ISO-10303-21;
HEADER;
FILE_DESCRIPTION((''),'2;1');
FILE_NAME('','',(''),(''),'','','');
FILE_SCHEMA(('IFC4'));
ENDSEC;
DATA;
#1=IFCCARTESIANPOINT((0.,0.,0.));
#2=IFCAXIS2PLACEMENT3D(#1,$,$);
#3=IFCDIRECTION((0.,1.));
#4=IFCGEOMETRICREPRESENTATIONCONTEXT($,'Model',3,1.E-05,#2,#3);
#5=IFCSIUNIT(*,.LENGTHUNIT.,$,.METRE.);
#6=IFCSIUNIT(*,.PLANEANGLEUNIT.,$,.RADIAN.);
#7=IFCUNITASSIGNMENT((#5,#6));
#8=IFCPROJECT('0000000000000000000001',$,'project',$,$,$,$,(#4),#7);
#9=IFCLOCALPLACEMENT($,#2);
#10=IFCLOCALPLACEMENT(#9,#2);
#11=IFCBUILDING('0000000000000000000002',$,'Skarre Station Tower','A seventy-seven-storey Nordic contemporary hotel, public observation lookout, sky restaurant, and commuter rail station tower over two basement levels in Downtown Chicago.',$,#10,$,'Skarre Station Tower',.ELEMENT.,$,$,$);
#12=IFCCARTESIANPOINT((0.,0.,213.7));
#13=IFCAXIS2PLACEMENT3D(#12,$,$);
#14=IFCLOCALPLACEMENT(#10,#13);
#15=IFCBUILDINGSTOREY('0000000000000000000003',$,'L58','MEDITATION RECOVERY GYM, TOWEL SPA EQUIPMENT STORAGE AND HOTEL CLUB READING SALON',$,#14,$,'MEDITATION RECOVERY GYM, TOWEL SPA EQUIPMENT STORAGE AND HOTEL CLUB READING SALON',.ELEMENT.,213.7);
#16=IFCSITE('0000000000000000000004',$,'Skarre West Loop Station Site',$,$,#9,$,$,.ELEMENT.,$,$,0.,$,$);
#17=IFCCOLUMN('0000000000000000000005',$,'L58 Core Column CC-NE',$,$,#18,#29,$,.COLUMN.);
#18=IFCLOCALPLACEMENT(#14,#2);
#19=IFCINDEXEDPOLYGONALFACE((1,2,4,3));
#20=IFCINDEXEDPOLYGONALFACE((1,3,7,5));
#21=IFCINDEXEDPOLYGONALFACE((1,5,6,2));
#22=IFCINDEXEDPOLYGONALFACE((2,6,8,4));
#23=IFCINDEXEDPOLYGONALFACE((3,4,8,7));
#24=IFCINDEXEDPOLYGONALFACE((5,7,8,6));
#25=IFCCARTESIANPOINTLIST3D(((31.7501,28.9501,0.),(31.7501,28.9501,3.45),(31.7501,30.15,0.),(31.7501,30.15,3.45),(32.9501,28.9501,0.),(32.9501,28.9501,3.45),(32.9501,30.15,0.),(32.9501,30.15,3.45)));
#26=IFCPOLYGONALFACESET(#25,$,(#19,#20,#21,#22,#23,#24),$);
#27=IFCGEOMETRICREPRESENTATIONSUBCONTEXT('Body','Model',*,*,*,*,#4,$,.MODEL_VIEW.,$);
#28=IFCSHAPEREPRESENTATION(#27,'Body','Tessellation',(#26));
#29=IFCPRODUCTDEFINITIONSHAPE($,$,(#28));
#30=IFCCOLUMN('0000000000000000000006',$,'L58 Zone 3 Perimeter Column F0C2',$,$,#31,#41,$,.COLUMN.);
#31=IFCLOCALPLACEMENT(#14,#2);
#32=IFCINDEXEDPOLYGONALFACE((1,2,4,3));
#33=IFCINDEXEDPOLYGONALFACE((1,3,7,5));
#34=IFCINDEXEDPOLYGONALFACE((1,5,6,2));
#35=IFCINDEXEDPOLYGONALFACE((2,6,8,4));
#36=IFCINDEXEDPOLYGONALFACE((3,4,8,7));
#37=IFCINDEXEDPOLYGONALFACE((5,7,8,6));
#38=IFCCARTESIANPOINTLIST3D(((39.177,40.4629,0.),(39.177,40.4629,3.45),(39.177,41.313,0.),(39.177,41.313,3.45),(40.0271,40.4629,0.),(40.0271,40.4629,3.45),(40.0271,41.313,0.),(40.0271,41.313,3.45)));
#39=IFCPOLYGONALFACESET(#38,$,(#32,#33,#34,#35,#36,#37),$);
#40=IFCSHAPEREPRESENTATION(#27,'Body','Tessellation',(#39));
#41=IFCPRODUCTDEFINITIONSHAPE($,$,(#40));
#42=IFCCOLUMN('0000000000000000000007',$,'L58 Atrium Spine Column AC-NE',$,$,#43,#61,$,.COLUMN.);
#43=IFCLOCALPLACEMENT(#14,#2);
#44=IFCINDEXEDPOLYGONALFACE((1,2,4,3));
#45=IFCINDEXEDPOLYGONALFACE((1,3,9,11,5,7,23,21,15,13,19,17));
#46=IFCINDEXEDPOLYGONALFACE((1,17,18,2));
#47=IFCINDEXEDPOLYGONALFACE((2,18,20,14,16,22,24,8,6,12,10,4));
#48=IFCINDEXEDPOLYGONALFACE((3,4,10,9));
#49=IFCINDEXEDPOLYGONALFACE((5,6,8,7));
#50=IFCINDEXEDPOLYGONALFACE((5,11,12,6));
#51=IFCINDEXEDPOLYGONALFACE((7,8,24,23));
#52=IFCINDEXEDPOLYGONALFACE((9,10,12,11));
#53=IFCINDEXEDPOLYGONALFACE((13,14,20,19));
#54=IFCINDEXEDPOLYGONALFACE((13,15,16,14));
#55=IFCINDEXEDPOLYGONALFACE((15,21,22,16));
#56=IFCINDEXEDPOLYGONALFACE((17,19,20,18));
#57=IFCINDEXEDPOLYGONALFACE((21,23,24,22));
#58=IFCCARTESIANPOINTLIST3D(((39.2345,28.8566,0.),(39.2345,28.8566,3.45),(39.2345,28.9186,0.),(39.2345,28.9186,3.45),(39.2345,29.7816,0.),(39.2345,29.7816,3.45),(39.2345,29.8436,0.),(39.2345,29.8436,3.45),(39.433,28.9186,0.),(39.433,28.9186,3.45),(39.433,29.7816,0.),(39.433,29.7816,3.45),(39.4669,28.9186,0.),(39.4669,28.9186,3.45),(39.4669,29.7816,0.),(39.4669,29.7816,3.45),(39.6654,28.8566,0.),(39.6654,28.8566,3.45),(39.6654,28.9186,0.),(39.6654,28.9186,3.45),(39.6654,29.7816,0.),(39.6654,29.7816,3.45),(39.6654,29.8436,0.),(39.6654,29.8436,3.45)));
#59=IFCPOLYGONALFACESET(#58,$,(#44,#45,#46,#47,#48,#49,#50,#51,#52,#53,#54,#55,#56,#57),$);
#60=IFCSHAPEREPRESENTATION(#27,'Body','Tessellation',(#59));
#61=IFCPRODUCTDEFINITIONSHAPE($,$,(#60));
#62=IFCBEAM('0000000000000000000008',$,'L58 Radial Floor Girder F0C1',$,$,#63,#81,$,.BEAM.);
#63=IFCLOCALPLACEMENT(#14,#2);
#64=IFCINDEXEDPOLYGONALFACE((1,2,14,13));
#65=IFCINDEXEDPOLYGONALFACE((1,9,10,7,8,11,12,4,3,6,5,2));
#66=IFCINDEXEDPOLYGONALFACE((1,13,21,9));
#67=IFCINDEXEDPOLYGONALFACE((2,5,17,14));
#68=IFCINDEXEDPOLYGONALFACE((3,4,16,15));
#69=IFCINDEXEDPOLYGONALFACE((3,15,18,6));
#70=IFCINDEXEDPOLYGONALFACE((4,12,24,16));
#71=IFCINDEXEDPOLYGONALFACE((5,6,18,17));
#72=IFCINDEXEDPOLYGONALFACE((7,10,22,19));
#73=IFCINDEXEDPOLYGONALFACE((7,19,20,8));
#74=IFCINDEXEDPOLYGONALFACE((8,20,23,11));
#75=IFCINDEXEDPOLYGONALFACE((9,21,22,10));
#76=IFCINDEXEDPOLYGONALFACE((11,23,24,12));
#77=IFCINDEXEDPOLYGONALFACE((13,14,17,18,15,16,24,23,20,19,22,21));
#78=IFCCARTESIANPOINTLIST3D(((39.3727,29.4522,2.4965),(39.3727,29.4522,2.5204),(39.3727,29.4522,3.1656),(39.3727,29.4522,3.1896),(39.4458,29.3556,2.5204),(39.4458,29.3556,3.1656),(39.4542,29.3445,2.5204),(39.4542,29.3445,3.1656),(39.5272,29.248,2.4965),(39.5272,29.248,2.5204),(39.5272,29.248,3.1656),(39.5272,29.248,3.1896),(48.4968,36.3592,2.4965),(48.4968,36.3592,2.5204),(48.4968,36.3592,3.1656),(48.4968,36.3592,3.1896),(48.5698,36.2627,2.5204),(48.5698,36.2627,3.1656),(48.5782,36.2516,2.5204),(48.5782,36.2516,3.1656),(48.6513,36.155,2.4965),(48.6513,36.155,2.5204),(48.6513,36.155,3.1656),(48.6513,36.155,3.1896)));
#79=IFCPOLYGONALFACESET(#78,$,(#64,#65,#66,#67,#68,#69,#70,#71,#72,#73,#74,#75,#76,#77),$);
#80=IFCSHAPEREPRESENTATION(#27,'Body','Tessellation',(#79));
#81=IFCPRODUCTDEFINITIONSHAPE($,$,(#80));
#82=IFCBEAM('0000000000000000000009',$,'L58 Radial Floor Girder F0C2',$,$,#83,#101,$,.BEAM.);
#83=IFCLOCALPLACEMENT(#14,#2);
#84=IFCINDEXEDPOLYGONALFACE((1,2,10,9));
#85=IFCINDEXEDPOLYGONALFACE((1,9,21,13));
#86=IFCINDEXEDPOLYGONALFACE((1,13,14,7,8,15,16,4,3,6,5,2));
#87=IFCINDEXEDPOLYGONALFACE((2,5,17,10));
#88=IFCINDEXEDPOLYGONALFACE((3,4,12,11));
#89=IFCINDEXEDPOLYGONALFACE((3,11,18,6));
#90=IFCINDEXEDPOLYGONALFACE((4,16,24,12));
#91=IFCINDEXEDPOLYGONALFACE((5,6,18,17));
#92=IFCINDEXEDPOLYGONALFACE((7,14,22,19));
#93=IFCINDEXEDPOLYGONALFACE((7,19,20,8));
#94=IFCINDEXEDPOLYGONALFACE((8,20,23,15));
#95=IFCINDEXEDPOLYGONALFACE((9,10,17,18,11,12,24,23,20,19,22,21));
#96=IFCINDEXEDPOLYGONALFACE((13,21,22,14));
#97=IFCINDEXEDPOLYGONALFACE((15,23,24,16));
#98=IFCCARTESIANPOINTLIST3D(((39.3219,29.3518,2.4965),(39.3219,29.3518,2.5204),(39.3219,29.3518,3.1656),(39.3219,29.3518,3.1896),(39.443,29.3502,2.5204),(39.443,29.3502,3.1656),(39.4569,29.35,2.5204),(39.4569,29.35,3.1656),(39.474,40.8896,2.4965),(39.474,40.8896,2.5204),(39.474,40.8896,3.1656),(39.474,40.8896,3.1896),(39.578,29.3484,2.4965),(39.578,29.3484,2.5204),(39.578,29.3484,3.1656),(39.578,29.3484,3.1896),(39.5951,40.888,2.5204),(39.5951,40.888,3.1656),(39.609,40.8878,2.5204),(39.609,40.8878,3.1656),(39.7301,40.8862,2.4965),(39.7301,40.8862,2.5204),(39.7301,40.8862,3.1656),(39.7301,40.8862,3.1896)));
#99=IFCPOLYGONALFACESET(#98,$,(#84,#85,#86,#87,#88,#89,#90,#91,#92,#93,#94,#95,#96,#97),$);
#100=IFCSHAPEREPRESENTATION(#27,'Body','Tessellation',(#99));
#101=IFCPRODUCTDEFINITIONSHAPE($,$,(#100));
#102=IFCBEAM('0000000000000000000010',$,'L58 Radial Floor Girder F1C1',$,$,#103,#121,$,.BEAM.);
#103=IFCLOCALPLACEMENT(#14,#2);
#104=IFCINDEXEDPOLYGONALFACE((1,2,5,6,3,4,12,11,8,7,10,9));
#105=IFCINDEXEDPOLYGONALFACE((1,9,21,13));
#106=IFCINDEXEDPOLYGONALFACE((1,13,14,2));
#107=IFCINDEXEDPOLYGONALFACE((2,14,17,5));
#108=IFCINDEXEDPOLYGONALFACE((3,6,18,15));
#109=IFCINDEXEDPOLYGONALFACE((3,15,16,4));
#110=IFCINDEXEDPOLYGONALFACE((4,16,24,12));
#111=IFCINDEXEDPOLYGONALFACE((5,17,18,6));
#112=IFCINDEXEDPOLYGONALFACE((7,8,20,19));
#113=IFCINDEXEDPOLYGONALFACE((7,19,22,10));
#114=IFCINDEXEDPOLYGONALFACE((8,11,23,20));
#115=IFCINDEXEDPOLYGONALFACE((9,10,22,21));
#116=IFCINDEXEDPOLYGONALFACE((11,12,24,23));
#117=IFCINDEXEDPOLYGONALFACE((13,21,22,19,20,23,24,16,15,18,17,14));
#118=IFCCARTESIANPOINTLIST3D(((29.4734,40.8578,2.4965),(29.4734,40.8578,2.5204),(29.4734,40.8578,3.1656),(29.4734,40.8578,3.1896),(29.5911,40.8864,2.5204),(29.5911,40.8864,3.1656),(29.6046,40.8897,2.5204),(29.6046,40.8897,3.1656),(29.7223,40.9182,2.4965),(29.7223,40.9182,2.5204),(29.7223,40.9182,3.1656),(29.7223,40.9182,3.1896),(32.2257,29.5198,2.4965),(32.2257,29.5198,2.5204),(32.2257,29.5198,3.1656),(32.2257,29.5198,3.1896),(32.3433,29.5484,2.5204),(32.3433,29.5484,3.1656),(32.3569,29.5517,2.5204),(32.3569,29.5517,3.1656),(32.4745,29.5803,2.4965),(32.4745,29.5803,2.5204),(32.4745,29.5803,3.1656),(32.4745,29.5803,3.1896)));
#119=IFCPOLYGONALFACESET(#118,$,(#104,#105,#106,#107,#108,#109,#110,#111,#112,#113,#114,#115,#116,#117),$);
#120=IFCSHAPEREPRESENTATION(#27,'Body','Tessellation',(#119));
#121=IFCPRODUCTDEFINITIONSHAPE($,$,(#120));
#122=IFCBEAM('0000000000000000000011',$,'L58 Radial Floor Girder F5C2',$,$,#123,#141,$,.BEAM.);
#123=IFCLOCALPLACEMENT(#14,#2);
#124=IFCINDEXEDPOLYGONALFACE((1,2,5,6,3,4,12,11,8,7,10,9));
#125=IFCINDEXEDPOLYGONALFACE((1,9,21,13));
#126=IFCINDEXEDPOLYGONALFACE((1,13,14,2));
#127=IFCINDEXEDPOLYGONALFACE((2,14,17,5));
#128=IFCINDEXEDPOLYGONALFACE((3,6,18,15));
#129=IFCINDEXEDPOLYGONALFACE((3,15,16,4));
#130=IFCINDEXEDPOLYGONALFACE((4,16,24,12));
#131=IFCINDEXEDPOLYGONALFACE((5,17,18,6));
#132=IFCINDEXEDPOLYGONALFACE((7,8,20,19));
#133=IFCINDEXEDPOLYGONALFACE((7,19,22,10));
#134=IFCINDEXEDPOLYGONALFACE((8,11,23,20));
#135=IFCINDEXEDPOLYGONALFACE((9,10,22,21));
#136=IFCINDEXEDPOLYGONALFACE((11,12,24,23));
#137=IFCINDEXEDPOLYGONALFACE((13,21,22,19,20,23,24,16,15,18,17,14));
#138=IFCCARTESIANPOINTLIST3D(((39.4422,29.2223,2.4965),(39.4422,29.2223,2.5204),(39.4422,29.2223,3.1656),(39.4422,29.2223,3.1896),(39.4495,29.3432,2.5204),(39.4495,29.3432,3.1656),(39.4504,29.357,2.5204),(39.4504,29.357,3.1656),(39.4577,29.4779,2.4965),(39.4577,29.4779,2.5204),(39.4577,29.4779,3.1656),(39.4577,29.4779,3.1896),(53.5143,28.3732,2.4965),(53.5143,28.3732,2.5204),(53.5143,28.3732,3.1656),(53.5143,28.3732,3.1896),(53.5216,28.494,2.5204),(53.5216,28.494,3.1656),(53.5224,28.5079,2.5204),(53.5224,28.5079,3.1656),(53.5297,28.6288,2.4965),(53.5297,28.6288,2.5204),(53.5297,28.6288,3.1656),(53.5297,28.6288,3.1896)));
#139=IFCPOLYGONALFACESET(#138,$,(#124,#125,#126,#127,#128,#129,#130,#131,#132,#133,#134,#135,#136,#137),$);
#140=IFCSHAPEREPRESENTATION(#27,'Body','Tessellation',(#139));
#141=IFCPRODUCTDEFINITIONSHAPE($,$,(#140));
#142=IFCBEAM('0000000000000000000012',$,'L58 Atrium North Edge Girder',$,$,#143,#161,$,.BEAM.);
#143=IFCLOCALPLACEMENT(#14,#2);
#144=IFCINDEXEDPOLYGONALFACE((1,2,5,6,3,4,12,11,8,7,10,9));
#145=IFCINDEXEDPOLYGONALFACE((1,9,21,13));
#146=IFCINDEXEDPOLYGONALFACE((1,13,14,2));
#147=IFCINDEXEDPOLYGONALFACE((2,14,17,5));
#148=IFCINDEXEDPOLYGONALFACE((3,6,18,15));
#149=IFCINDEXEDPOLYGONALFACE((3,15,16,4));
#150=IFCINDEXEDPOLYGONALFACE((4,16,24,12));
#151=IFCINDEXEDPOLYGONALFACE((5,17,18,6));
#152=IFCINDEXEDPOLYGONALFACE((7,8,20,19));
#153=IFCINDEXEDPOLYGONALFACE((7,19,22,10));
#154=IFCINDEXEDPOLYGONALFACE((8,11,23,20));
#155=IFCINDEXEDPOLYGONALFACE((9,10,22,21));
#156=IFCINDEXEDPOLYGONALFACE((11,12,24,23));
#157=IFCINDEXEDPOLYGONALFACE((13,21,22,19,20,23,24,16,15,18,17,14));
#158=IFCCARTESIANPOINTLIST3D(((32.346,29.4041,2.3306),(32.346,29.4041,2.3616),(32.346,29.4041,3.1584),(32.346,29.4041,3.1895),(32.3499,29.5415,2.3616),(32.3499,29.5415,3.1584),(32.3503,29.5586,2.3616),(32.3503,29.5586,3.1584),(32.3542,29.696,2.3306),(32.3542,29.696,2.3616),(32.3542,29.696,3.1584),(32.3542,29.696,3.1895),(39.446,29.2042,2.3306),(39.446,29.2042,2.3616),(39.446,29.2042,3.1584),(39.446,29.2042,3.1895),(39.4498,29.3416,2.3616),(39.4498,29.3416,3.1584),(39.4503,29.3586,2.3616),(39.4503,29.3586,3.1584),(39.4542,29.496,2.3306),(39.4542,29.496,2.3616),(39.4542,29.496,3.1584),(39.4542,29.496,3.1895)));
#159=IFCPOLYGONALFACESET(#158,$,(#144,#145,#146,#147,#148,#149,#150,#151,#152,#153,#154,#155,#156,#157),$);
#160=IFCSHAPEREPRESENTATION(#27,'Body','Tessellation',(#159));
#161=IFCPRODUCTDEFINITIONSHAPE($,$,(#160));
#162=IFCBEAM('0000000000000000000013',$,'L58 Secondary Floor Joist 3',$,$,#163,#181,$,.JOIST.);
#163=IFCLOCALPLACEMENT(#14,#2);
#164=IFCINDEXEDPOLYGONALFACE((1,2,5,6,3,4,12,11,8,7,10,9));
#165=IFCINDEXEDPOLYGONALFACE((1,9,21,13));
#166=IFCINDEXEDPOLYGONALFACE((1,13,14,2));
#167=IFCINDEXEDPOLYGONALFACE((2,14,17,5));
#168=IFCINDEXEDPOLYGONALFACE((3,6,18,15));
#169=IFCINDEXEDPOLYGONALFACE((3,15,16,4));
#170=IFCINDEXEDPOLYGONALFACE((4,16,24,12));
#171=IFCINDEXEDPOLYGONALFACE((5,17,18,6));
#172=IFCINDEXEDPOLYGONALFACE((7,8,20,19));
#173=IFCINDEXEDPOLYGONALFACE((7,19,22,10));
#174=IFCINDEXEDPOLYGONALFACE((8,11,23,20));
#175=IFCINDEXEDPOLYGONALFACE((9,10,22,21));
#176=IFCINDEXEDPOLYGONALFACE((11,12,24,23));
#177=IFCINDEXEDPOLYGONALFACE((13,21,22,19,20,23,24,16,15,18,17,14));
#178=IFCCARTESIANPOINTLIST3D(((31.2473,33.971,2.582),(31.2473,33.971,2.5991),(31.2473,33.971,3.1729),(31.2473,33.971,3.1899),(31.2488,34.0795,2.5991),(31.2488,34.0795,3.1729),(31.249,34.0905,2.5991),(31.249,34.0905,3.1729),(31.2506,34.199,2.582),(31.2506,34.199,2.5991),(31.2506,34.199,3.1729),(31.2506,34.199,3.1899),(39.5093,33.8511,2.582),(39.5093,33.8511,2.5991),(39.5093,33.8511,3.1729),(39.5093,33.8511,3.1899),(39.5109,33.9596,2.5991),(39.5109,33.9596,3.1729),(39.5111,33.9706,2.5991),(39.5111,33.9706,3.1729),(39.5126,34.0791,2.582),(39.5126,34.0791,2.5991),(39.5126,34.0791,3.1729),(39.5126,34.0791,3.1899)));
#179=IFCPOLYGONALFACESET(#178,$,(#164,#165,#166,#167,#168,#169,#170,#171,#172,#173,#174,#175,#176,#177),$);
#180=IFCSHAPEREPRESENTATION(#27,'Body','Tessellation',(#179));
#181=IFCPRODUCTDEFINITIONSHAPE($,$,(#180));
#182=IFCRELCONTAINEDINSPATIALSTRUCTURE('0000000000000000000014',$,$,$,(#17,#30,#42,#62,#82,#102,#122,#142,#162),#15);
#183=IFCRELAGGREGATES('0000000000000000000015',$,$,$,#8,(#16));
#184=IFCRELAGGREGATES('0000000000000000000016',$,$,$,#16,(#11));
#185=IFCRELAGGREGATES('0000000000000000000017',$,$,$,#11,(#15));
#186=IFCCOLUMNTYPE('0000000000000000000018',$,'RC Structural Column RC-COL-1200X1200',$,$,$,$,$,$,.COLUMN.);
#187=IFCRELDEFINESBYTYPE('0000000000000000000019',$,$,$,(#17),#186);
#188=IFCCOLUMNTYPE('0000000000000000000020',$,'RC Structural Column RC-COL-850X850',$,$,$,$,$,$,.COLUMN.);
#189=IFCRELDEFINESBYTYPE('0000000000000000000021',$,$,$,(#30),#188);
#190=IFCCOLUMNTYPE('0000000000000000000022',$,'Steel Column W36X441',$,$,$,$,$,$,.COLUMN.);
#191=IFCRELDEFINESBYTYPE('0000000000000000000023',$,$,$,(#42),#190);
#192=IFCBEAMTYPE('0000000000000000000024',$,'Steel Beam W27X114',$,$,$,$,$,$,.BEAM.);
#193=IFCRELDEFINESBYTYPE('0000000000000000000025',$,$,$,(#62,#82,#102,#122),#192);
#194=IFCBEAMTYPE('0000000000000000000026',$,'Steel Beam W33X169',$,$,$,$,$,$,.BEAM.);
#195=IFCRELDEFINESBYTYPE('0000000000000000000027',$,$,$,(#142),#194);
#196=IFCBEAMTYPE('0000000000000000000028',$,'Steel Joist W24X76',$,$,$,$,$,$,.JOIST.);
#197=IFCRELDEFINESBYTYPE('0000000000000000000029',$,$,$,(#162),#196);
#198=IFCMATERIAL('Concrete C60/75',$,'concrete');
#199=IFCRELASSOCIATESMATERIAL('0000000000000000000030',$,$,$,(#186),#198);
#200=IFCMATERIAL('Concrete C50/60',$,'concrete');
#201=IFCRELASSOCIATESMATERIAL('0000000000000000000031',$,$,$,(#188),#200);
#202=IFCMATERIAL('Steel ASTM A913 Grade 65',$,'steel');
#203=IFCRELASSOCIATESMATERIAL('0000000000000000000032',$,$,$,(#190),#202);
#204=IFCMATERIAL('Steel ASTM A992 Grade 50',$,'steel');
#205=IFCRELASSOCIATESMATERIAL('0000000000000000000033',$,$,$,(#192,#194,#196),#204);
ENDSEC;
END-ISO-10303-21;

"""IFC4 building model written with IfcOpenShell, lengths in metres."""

from ifc_helpers import new_model, si_unit, direction, frame, origin, origin_2d, place, context, subcontext, project, spatial, rectangle, i_section, extrude, material, material_profile, profile_set, type_object, element, save


model = new_model("IFC4")

# Units and contexts
model_context = context("Model", 3, precision=1e-05, world=origin(), true_north=direction((0.0, 1.0)))
body_context = subcontext(model_context, "Body", "Model", "MODEL_VIEW")
ifc_project = project(units=[si_unit("LENGTHUNIT", "METRE"), si_unit("PLANEANGLEUNIT", "RADIAN")], contexts=[model_context])

# Site, building, storey
site_placement = place(None, origin())
site = spatial("IfcSite", under=ifc_project, at=site_placement, Name="Skarre West Loop Station Site", CompositionType="ELEMENT", RefElevation=0.0)
building_placement = place(site_placement, origin())
building = spatial("IfcBuilding", under=site, at=building_placement, Name="Skarre Station Tower", Description="A seventy-seven-storey Nordic contemporary hotel, public observation lookout, sky restaurant, and commuter rail station tower over two basement levels in Downtown Chicago.", LongName="Skarre Station Tower", CompositionType="ELEMENT")
storey_placement = place(building_placement, frame((0.0, 0.0, 213.7)))
storey = spatial("IfcBuildingStorey", under=building, at=storey_placement, Name="L58", Description="MEDITATION RECOVERY GYM, TOWEL SPA EQUIPMENT STORAGE AND HOTEL CLUB READING SALON", LongName="MEDITATION RECOVERY GYM, TOWEL SPA EQUIPMENT STORAGE AND HOTEL CLUB READING SALON", CompositionType="ELEMENT", Elevation=213.7)

# Columns
ifc_material_1 = material(Name="Concrete C60/75", Category="concrete")
ifc_material_profile_1 = material_profile(ifc_material_1, rectangle(XDim=1.2, YDim=1.2, at=origin_2d()), Name="Concrete C60/75")
ifc_profile_set_1 = profile_set([ifc_material_profile_1], Name="Concrete C60/75")
column_type_1 = type_object("IfcColumnType", Name="RC Structural Column RC-COL-1200X1200", PredefinedType="COLUMN", material=ifc_profile_set_1)
column_1_placement = place(storey_placement, frame((32.3501, 29.55, 0.0), z_axis=(0.0, 0.0, 1.0), x_axis=(1.0, 0.0, 0.0)))
element("IfcColumn", 1, at=column_1_placement, inside=storey, type_object=column_type_1, Name="L58 Core Column CC-NE", PredefinedType="COLUMN", context=body_context, shape_type="SweptSolid", body=[
    extrude(rectangle(XDim=1.2, YDim=1.2, at=origin_2d()), origin(), (0.0, 0.0, 1.0), 3.45),
])
ifc_material_2 = material(Name="Concrete C50/60", Category="concrete")
ifc_material_profile_2 = material_profile(ifc_material_2, rectangle(XDim=0.8501, YDim=0.8501, at=origin_2d()), Name="Concrete C50/60")
ifc_profile_set_2 = profile_set([ifc_material_profile_2], Name="Concrete C50/60")
column_type_2 = type_object("IfcColumnType", Name="RC Structural Column RC-COL-850X850", PredefinedType="COLUMN", material=ifc_profile_set_2)
column_2_placement = place(storey_placement, frame((39.6021, 40.8879, 0.0), z_axis=(0.0, 0.0, 1.0), x_axis=(1.0, 0.0, 0.0)))
element("IfcColumn", 2, at=column_2_placement, inside=storey, type_object=column_type_2, Name="L58 Zone 3 Perimeter Column F0C2", PredefinedType="COLUMN", context=body_context, shape_type="SweptSolid", body=[
    extrude(rectangle(XDim=0.8501, YDim=0.8501, at=origin_2d()), origin(), (0.0, 0.0, 1.0), 3.45),
])
ifc_material_3 = material(Name="Steel ASTM A913 Grade 65", Category="steel")
ifc_material_profile_3 = material_profile(ifc_material_3, i_section(OverallWidth=0.4309, OverallDepth=0.9871, WebThickness=0.0339, FlangeThickness=0.062, at=origin_2d()), Name="Steel ASTM A913 Grade 65")
ifc_profile_set_3 = profile_set([ifc_material_profile_3], Name="Steel ASTM A913 Grade 65")
column_type_3 = type_object("IfcColumnType", Name="Steel Column W36X441", PredefinedType="COLUMN", material=ifc_profile_set_3)
column_3_placement = place(storey_placement, frame((39.45, 29.3501, 0.0), z_axis=(0.0, 0.0, 1.0), x_axis=(1.0, 0.0, 0.0)))
element("IfcColumn", 3, at=column_3_placement, inside=storey, type_object=column_type_3, Name="L58 Atrium Spine Column AC-NE", PredefinedType="COLUMN", context=body_context, shape_type="SweptSolid", body=[
    extrude(i_section(OverallWidth=0.4309, OverallDepth=0.9871, WebThickness=0.0339, FlangeThickness=0.062, at=origin_2d()), origin(), (0.0, 0.0, 1.0), 3.45),
])

# Beams
ifc_material_4 = material(Name="Steel ASTM A992 Grade 50", Category="steel")
ifc_material_profile_4 = material_profile(ifc_material_4, i_section(OverallWidth=0.2561, OverallDepth=0.6931, WebThickness=0.0139, FlangeThickness=0.0239, at=origin_2d()), Name="Steel ASTM A992 Grade 50")
ifc_profile_set_4 = profile_set([ifc_material_profile_4], Name="Steel ASTM A992 Grade 50")
beam_type_1 = type_object("IfcBeamType", Name="Steel Beam W27X114", PredefinedType="BEAM", material=ifc_profile_set_4)
beam_1_placement = place(storey_placement, frame((39.45, 29.3501, 2.843), z_axis=(0.797309, 0.603571, 0.0), x_axis=(-0.603571, 0.797309, 0.0)))
element("IfcBeam", 4, at=beam_1_placement, inside=storey, type_object=beam_type_1, Name="L58 Radial Floor Girder F0C1", PredefinedType="BEAM", context=body_context, shape_type="SweptSolid", body=[
    extrude(i_section(OverallWidth=0.2561, OverallDepth=0.6931, WebThickness=0.0139, FlangeThickness=0.0239, at=origin_2d()), origin(), (0.0, 0.0, 1.0), 11.4436),
])
beam_2_placement = place(storey_placement, frame((39.45, 29.3501, 2.843), z_axis=(0.013182, 0.999913, 0.0), x_axis=(-0.999913, 0.013182, 0.0)))
element("IfcBeam", 5, at=beam_2_placement, inside=storey, type_object=beam_type_1, Name="L58 Radial Floor Girder F0C2", PredefinedType="BEAM", context=body_context, shape_type="SweptSolid", body=[
    extrude(i_section(OverallWidth=0.2561, OverallDepth=0.6931, WebThickness=0.0139, FlangeThickness=0.0239, at=origin_2d()), origin(), (0.0, 0.0, 1.0), 11.5388),
])
beam_3_placement = place(storey_placement, frame((32.3501, 29.55, 2.843), z_axis=(-0.235893, 0.971779, 0.0), x_axis=(-0.971779, -0.235893, 0.0)))
element("IfcBeam", 6, at=beam_3_placement, inside=storey, type_object=beam_type_1, Name="L58 Radial Floor Girder F1C1", PredefinedType="BEAM", context=body_context, shape_type="SweptSolid", body=[
    extrude(i_section(OverallWidth=0.2561, OverallDepth=0.6931, WebThickness=0.0139, FlangeThickness=0.0239, at=origin_2d()), origin(), (0.0, 0.0, 1.0), 11.6672),
])
beam_4_placement = place(storey_placement, frame((39.45, 29.3501, 2.843), z_axis=(0.998184, -0.060232, 0.0), x_axis=(0.060232, 0.998184, 0.0)))
element("IfcBeam", 7, at=beam_4_placement, inside=storey, type_object=beam_type_1, Name="L58 Radial Floor Girder F5C2", PredefinedType="BEAM", context=body_context, shape_type="SweptSolid", body=[
    extrude(i_section(OverallWidth=0.2561, OverallDepth=0.6931, WebThickness=0.0139, FlangeThickness=0.0239, at=origin_2d()), origin(), (0.0, 0.0, 1.0), 14.0977),
])
ifc_material_profile_5 = material_profile(ifc_material_4, i_section(OverallWidth=0.292, OverallDepth=0.8589, WebThickness=0.0171, FlangeThickness=0.031, at=origin_2d()), Name="Steel ASTM A992 Grade 50")
ifc_profile_set_5 = profile_set([ifc_material_profile_5], Name="Steel ASTM A992 Grade 50")
beam_type_2 = type_object("IfcBeamType", Name="Steel Beam W33X169", PredefinedType="BEAM", material=ifc_profile_set_5)
beam_5_placement = place(storey_placement, frame((32.3501, 29.55, 2.76), z_axis=(0.999604, -0.028152, 0.0), x_axis=(0.028152, 0.999604, 0.0)))
element("IfcBeam", 8, at=beam_5_placement, inside=storey, type_object=beam_type_2, Name="L58 Atrium North Edge Girder", PredefinedType="BEAM", context=body_context, shape_type="SweptSolid", body=[
    extrude(i_section(OverallWidth=0.292, OverallDepth=0.8589, WebThickness=0.0171, FlangeThickness=0.031, at=origin_2d()), origin(), (0.0, 0.0, 1.0), 7.1028),
])
ifc_material_profile_6 = material_profile(ifc_material_4, i_section(OverallWidth=0.228, OverallDepth=0.6079, WebThickness=0.011, FlangeThickness=0.0171, at=origin_2d()), Name="Steel ASTM A992 Grade 50")
ifc_profile_set_6 = profile_set([ifc_material_profile_6], Name="Steel ASTM A992 Grade 50")
beam_type_3 = type_object("IfcBeamType", Name="Steel Joist W24X76", PredefinedType="JOIST", material=ifc_profile_set_6)
beam_6_placement = place(storey_placement, frame((39.511, 33.9651, 2.886), z_axis=(-0.999895, 0.014508, 0.0), x_axis=(-0.014508, -0.999895, 0.0)))
element("IfcBeam", 9, at=beam_6_placement, inside=storey, type_object=beam_type_3, Name="L58 Secondary Floor Joist 3", PredefinedType="JOIST", context=body_context, shape_type="SweptSolid", body=[
    extrude(i_section(OverallWidth=0.228, OverallDepth=0.6079, WebThickness=0.011, FlangeThickness=0.0171, at=origin_2d()), origin(), (0.0, 0.0, 1.0), 8.2629),
])

save(model, "model.ifc")
